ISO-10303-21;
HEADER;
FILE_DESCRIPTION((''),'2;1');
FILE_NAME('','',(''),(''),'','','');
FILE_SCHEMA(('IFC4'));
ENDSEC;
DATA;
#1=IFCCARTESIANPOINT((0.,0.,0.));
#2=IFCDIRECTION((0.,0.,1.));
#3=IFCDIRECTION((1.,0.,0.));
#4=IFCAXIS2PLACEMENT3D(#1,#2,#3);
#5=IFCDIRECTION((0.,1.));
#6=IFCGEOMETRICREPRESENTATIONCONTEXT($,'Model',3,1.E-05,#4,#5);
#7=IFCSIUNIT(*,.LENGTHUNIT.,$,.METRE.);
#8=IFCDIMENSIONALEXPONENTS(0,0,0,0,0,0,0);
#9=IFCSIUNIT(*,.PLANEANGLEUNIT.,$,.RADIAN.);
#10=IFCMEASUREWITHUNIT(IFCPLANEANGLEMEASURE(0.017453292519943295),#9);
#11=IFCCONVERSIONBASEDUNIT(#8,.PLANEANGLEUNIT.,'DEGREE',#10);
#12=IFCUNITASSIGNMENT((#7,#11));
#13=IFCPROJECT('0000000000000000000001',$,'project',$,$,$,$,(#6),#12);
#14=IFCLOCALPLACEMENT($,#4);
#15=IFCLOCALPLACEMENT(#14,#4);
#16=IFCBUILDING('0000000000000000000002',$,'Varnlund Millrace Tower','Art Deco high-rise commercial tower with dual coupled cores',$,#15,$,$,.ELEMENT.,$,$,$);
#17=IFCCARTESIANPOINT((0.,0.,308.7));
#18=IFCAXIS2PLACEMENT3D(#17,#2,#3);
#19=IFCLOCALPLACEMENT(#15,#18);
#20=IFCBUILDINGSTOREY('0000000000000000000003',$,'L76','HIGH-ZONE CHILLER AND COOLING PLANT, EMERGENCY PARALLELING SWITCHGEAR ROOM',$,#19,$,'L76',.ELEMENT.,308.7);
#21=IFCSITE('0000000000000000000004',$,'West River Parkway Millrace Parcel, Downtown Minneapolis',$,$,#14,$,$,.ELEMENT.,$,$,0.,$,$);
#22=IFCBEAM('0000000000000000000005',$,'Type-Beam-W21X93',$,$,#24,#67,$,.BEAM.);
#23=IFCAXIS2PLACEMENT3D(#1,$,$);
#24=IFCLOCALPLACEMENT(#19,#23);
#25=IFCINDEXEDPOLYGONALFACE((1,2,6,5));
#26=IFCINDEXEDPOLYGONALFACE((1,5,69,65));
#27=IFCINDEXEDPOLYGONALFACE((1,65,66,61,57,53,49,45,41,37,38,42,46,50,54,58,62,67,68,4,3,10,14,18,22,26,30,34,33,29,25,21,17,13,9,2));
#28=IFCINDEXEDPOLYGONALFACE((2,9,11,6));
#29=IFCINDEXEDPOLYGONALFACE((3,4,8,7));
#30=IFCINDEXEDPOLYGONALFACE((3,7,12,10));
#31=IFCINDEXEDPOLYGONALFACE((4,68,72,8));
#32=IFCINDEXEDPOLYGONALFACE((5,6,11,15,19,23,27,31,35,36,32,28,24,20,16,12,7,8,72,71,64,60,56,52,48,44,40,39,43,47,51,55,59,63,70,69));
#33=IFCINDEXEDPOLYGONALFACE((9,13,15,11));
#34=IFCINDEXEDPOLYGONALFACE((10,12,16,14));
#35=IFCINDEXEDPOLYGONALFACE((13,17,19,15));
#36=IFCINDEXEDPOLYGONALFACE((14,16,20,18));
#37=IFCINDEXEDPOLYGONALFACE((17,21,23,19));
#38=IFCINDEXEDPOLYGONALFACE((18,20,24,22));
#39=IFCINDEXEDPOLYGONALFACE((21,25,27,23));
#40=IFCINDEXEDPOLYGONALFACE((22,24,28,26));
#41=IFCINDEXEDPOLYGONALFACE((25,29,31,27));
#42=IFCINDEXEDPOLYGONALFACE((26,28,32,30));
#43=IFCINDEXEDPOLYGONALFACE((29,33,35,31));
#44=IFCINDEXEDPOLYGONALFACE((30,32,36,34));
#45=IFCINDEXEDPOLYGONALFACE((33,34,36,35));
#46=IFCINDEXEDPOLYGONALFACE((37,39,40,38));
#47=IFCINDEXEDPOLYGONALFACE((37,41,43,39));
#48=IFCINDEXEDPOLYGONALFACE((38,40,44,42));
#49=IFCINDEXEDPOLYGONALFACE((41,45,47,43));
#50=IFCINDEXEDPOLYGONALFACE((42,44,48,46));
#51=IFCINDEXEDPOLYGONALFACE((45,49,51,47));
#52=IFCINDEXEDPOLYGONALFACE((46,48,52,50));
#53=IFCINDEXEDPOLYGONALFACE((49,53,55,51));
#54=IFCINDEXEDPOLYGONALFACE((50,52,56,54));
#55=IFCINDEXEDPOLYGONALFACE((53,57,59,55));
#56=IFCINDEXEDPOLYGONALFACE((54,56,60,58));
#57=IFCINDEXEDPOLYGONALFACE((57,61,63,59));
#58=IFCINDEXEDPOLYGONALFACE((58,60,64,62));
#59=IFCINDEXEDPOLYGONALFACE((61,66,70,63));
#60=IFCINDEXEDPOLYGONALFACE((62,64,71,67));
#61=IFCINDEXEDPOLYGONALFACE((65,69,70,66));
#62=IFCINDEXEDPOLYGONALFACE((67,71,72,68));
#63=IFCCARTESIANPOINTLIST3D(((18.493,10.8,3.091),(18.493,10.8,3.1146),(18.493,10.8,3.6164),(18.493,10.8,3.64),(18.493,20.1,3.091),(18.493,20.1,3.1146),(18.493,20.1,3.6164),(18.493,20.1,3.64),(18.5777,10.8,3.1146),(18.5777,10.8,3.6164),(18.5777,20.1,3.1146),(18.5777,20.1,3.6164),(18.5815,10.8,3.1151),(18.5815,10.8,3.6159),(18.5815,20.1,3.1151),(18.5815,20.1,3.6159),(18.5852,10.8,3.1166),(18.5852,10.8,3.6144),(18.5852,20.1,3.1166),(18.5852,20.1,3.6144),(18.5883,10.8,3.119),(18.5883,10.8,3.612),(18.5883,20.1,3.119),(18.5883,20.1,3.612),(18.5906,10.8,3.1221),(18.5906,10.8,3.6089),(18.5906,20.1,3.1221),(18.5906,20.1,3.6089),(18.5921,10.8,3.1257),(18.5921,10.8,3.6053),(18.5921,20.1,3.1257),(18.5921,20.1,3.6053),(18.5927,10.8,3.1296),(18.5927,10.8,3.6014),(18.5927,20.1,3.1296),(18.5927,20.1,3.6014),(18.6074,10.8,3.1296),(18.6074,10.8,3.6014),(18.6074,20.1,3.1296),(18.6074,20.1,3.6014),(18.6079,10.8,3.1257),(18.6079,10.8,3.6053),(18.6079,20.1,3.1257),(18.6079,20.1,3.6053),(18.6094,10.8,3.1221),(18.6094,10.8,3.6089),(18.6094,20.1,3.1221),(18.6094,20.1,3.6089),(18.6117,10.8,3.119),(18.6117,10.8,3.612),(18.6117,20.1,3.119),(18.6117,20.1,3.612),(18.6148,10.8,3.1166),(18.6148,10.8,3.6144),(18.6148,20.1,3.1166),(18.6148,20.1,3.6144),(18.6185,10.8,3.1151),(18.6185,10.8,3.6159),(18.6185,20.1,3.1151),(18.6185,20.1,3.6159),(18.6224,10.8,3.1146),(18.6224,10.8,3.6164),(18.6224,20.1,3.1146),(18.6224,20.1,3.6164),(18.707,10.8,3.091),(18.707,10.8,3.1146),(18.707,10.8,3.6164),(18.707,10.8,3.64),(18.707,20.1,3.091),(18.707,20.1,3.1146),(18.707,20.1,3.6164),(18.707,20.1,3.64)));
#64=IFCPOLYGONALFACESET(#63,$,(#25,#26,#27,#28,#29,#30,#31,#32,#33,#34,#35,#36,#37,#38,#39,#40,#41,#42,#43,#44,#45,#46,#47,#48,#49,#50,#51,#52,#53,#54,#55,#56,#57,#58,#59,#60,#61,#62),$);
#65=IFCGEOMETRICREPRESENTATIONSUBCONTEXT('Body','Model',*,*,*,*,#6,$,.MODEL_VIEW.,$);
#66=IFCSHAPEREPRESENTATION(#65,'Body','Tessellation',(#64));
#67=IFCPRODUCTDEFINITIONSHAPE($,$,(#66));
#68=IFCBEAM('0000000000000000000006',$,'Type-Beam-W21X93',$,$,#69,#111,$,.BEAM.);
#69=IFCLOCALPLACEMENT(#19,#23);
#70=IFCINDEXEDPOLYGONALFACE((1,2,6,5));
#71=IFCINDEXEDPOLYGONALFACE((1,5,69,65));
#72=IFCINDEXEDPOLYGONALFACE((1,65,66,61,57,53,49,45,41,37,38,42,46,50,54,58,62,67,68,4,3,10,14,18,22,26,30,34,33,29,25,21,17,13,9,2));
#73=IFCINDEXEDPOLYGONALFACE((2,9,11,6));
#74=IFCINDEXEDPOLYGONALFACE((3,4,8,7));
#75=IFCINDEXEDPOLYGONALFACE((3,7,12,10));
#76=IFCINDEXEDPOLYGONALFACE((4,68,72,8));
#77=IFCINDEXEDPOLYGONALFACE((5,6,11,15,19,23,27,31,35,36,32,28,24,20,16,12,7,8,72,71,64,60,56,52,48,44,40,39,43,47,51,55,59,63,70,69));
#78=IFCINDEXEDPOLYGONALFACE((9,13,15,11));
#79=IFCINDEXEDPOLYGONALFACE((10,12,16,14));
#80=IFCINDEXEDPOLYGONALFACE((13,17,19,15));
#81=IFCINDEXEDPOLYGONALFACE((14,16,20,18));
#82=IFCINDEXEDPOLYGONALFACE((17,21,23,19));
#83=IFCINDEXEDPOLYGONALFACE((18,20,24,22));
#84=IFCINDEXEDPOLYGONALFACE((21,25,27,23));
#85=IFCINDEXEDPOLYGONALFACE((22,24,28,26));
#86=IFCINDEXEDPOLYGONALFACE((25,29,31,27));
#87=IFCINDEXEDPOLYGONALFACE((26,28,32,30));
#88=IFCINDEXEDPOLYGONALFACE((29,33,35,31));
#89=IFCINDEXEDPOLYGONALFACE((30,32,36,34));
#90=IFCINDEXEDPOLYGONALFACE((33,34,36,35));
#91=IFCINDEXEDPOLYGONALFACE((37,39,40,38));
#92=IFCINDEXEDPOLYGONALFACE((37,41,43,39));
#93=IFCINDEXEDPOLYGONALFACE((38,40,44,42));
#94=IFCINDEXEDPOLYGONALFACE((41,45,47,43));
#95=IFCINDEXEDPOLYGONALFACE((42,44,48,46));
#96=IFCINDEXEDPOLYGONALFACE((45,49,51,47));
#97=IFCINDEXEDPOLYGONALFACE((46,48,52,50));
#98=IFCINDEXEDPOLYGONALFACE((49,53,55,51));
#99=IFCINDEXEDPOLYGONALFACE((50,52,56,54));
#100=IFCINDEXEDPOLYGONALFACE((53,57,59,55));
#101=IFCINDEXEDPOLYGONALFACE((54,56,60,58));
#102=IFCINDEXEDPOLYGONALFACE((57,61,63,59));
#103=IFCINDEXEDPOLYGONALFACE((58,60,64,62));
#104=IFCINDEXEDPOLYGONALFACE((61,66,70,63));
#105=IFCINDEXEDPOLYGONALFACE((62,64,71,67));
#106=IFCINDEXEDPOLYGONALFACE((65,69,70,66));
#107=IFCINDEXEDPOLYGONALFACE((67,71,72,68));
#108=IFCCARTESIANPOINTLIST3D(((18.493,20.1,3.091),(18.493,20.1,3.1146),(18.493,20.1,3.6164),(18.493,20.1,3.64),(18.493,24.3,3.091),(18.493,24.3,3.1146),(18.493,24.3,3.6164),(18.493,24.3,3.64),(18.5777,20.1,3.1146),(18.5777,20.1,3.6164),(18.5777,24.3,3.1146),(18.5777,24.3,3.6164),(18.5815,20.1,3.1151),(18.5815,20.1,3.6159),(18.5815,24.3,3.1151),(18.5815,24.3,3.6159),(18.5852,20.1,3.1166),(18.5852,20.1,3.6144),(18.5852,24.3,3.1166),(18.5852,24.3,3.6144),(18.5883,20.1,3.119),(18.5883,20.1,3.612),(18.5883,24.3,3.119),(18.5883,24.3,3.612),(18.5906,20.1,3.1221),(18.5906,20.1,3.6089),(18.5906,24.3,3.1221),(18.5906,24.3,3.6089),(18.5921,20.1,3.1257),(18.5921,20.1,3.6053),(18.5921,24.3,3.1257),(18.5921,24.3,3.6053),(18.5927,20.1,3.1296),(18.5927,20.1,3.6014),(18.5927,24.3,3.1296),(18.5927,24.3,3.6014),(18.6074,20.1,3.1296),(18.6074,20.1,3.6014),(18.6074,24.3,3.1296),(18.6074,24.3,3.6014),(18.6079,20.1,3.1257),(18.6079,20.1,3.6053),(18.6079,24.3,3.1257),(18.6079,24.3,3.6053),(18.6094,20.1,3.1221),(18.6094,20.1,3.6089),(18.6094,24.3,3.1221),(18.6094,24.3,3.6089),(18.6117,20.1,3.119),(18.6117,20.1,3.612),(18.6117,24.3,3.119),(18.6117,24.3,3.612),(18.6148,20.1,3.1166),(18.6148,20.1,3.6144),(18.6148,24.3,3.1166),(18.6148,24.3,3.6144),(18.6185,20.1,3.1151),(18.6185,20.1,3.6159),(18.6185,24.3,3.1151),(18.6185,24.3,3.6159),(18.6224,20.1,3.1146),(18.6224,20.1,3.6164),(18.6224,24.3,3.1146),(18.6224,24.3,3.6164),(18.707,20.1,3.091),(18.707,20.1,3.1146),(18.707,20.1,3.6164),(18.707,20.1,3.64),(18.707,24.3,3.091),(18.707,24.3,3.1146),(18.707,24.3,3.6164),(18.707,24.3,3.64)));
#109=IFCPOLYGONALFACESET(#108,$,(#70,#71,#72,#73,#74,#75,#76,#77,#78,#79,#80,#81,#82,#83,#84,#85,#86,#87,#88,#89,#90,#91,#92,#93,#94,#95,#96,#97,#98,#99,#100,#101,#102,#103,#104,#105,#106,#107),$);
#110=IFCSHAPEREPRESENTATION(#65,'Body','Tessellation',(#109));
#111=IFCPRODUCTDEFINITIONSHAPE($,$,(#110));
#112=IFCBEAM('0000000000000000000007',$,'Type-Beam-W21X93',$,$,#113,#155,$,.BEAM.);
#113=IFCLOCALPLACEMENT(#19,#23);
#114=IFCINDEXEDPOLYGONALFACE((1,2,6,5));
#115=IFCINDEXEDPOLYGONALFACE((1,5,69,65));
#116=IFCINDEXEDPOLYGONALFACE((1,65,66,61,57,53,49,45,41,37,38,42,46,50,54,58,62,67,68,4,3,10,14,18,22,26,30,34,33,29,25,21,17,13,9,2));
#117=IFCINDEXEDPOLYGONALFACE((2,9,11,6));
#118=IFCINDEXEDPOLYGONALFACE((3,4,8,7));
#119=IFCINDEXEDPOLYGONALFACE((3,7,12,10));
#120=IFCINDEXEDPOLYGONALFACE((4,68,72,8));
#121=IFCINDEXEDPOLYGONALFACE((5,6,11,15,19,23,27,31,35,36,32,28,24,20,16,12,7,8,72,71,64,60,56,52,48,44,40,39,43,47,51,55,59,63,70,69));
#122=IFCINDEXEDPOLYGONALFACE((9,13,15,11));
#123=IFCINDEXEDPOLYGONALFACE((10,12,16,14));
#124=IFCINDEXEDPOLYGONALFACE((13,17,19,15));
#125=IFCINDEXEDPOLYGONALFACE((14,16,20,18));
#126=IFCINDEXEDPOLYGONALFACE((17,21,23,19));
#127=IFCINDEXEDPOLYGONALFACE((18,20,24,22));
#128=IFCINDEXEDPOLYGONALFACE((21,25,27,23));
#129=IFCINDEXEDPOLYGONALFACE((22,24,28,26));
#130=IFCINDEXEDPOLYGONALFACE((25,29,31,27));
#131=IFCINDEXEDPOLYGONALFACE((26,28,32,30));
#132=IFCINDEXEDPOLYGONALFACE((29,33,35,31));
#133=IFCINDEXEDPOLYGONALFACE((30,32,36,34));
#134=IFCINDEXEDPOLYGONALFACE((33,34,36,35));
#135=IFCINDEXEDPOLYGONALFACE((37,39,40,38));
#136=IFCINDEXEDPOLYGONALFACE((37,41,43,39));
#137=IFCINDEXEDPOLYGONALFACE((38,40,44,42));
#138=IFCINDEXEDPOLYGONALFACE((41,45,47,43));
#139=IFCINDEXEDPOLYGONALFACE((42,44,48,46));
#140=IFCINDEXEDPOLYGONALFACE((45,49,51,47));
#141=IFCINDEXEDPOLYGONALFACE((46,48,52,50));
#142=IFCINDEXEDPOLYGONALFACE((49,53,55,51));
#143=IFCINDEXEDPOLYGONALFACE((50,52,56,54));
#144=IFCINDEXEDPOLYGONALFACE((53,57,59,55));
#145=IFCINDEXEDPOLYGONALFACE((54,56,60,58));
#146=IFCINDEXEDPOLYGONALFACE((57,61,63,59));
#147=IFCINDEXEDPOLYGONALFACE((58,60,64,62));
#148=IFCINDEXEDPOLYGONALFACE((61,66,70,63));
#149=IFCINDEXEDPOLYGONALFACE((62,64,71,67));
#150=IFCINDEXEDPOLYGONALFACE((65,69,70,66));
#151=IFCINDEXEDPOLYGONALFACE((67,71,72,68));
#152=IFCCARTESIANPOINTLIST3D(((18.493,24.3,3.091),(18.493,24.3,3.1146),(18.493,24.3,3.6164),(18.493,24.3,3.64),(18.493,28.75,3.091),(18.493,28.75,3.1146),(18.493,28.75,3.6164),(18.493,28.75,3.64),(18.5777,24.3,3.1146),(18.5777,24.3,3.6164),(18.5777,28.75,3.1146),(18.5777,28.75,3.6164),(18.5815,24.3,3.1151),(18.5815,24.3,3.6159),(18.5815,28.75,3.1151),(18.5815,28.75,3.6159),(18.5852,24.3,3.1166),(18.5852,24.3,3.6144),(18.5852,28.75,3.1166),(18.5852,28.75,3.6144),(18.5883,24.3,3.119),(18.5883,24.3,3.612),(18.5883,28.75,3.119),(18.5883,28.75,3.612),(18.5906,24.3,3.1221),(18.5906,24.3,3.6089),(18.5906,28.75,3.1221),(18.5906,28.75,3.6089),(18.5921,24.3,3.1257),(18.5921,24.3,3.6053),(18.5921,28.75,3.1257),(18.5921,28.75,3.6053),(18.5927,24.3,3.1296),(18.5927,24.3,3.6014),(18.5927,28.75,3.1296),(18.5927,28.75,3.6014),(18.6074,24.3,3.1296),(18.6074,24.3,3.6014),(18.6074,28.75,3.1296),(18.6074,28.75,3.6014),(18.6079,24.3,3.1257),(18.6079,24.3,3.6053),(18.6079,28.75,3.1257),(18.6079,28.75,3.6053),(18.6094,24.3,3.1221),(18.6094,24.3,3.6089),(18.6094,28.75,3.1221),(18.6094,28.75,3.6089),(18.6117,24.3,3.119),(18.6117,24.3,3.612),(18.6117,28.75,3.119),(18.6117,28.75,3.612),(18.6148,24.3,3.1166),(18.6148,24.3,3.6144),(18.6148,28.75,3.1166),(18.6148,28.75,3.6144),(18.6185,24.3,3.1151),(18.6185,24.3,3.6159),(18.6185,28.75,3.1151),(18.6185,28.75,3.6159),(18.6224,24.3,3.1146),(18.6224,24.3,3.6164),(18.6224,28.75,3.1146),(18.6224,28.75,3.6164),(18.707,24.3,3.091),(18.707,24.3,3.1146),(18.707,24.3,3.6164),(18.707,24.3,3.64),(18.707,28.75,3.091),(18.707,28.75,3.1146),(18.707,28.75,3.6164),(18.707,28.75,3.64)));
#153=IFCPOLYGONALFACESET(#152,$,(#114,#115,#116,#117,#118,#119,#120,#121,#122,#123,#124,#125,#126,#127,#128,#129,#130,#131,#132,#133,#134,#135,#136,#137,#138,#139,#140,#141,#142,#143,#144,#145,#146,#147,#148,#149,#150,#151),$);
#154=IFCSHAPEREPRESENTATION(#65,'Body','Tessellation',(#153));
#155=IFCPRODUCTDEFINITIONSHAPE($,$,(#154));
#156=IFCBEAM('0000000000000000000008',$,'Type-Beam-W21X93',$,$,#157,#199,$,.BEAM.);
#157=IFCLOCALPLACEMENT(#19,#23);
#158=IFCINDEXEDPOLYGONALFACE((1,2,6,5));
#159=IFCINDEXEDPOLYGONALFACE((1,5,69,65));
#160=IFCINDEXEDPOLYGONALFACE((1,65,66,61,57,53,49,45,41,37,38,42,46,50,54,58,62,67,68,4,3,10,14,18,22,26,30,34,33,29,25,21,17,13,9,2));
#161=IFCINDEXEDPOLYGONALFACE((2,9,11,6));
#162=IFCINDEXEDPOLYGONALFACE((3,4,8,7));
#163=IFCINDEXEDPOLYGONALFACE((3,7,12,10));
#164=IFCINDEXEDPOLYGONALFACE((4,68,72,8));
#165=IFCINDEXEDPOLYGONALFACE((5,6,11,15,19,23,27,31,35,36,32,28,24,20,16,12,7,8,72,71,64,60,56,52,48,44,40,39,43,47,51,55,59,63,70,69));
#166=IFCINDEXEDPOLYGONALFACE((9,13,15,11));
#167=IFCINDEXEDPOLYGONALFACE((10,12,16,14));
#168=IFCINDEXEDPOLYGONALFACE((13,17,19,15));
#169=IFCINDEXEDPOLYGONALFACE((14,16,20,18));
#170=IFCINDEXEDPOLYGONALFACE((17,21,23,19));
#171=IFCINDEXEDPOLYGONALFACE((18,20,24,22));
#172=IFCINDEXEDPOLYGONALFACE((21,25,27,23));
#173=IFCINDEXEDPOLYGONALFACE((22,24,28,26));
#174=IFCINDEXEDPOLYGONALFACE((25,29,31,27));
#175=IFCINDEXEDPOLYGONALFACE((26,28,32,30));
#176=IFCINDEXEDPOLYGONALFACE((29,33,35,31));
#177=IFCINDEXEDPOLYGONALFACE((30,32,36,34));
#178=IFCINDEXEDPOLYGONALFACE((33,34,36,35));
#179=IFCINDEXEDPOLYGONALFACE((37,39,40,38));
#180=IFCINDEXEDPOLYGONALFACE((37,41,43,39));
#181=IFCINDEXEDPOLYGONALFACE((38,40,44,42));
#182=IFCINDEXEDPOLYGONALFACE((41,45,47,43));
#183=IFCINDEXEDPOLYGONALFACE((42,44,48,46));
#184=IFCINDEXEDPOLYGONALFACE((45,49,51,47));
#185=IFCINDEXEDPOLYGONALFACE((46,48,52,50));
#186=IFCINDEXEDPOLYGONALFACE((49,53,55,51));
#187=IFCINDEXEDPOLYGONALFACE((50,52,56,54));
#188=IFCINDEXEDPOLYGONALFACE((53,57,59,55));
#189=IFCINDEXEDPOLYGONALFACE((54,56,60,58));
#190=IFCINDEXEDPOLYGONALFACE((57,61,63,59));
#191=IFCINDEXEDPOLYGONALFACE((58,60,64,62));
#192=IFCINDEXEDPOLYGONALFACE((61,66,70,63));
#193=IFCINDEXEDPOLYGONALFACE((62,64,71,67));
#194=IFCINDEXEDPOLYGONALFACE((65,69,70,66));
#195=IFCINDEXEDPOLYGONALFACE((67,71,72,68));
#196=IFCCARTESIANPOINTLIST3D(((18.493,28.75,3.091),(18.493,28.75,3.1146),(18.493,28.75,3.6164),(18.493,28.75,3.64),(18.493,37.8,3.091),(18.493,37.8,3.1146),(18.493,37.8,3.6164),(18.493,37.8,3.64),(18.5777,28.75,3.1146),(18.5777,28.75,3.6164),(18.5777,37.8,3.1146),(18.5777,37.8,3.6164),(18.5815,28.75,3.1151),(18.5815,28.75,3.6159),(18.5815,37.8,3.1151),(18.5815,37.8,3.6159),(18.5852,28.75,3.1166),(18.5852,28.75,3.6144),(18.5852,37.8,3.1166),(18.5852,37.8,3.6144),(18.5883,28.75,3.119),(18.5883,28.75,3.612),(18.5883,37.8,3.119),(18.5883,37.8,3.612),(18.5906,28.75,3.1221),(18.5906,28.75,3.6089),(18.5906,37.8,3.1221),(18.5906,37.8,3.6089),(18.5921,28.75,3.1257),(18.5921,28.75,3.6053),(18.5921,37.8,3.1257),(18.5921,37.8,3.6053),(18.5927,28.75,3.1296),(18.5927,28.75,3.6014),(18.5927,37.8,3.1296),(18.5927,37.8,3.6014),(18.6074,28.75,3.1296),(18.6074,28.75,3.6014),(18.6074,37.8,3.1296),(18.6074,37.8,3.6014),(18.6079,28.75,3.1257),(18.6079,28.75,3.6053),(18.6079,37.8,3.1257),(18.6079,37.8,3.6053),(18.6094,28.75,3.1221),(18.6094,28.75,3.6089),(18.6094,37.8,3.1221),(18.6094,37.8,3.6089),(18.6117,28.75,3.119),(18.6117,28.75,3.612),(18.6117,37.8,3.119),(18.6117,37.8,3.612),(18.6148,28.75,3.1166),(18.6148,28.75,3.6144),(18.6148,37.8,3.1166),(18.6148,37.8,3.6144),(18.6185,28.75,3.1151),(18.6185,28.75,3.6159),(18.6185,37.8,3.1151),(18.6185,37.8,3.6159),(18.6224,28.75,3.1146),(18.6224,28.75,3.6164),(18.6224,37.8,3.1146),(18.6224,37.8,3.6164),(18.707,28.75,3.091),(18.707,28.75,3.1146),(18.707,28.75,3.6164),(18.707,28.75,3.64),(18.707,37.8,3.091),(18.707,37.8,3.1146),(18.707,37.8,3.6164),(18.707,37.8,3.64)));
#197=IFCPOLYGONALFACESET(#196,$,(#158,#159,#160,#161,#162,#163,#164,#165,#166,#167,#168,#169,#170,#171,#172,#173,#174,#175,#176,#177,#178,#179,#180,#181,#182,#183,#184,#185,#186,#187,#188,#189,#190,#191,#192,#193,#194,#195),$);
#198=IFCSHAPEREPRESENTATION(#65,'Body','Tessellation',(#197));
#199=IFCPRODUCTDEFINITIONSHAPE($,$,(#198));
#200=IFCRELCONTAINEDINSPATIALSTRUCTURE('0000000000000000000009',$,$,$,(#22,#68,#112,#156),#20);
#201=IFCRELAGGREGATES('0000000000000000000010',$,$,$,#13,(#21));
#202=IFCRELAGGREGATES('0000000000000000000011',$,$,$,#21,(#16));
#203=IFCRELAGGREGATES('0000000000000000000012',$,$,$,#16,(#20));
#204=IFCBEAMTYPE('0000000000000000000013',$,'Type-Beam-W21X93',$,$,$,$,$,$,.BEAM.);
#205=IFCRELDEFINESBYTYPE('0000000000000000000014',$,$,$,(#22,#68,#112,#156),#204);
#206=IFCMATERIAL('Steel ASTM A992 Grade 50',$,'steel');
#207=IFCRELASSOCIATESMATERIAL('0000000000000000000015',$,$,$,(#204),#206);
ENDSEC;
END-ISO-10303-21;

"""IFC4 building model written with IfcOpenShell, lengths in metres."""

from ifc_helpers import new_model, entity, si_unit, converted_unit, direction, frame, origin_with_axes, origin_2d_with_axis, place, context, subcontext, project, spatial, i_section, extrude, material, material_profile, profile_set, type_object, element, save


model = new_model("IFC4")

# Units and contexts
model_context = context("Model", 3, precision=1e-05, world=origin_with_axes(), true_north=direction((0.0, 1.0)))
body_context = subcontext(model_context, "Body", "Model", "MODEL_VIEW")
ifc_project = project(units=[si_unit("LENGTHUNIT", "METRE"), converted_unit("PLANEANGLEUNIT", "DEGREE", entity("IfcPlaneAngleMeasure", 0.017453292519943295), si_unit("PLANEANGLEUNIT", "RADIAN"), dimensions=[0, 0, 0, 0, 0, 0, 0])], contexts=[model_context])

# Site, building, storey
site_placement = place(None, origin_with_axes())
site = spatial("IfcSite", under=ifc_project, at=site_placement, Name="West River Parkway Millrace Parcel, Downtown Minneapolis", CompositionType="ELEMENT", RefElevation=0.0)
building_placement = place(site_placement, origin_with_axes())
building = spatial("IfcBuilding", under=site, at=building_placement, Name="Varnlund Millrace Tower", Description="Art Deco high-rise commercial tower with dual coupled cores", CompositionType="ELEMENT")
storey_placement = place(building_placement, frame((0.0, 0.0, 308.7), z_axis=(0.0, 0.0, 1.0), x_axis=(1.0, 0.0, 0.0)))
storey = spatial("IfcBuildingStorey", under=building, at=storey_placement, Name="L76", Description="HIGH-ZONE CHILLER AND COOLING PLANT, EMERGENCY PARALLELING SWITCHGEAR ROOM", LongName="L76", CompositionType="ELEMENT", Elevation=308.7)

# Beams
ifc_material_1 = material(Name="Steel ASTM A992 Grade 50", Category="steel")
ifc_material_profile_1 = material_profile(ifc_material_1, i_section(OverallWidth=0.214, OverallDepth=0.549, WebThickness=0.0147, FlangeThickness=0.0236, FilletRadius=0.015, at=origin_2d_with_axis()), Name="Steel ASTM A992 Grade 50")
ifc_profile_set_1 = profile_set([ifc_material_profile_1], Name="Steel ASTM A992 Grade 50")
beam_type_1 = type_object("IfcBeamType", Name="Type-Beam-W21X93", PredefinedType="BEAM", material=ifc_profile_set_1)
beam_1_placement = place(storey_placement, frame((18.6, 10.8, 3.3655), z_axis=(0.0, 1.0, 0.0), x_axis=(-1.0, 0.0, 0.0)))
element("IfcBeam", 1, at=beam_1_placement, inside=storey, type_object=beam_type_1, Name="Type-Beam-W21X93", PredefinedType="BEAM", context=body_context, shape_type="SweptSolid", body=[
    extrude(i_section(OverallWidth=0.214, OverallDepth=0.549, WebThickness=0.0147, FlangeThickness=0.0236, FilletRadius=0.015, at=origin_2d_with_axis()), origin_with_axes(), (0.0, 0.0, 1.0), 9.3),
])
beam_2_placement = place(storey_placement, frame((18.6, 20.1, 3.3655), z_axis=(0.0, 1.0, 0.0), x_axis=(-1.0, 0.0, 0.0)))
element("IfcBeam", 2, at=beam_2_placement, inside=storey, type_object=beam_type_1, Name="Type-Beam-W21X93", PredefinedType="BEAM", context=body_context, shape_type="SweptSolid", body=[
    extrude(i_section(OverallWidth=0.214, OverallDepth=0.549, WebThickness=0.0147, FlangeThickness=0.0236, FilletRadius=0.015, at=origin_2d_with_axis()), origin_with_axes(), (0.0, 0.0, 1.0), 4.2),
])
beam_3_placement = place(storey_placement, frame((18.6, 24.3, 3.3655), z_axis=(0.0, 1.0, 0.0), x_axis=(-1.0, 0.0, 0.0)))
element("IfcBeam", 3, at=beam_3_placement, inside=storey, type_object=beam_type_1, Name="Type-Beam-W21X93", PredefinedType="BEAM", context=body_context, shape_type="SweptSolid", body=[
    extrude(i_section(OverallWidth=0.214, OverallDepth=0.549, WebThickness=0.0147, FlangeThickness=0.0236, FilletRadius=0.015, at=origin_2d_with_axis()), origin_with_axes(), (0.0, 0.0, 1.0), 4.45),
])
beam_4_placement = place(storey_placement, frame((18.6, 28.75, 3.3655), z_axis=(0.0, 1.0, 0.0), x_axis=(-1.0, 0.0, 0.0)))
element("IfcBeam", 4, at=beam_4_placement, inside=storey, type_object=beam_type_1, Name="Type-Beam-W21X93", PredefinedType="BEAM", context=body_context, shape_type="SweptSolid", body=[
    extrude(i_section(OverallWidth=0.214, OverallDepth=0.549, WebThickness=0.0147, FlangeThickness=0.0236, FilletRadius=0.015, at=origin_2d_with_axis()), origin_with_axes(), (0.0, 0.0, 1.0), 9.05),
])

save(model, "model.ifc")
